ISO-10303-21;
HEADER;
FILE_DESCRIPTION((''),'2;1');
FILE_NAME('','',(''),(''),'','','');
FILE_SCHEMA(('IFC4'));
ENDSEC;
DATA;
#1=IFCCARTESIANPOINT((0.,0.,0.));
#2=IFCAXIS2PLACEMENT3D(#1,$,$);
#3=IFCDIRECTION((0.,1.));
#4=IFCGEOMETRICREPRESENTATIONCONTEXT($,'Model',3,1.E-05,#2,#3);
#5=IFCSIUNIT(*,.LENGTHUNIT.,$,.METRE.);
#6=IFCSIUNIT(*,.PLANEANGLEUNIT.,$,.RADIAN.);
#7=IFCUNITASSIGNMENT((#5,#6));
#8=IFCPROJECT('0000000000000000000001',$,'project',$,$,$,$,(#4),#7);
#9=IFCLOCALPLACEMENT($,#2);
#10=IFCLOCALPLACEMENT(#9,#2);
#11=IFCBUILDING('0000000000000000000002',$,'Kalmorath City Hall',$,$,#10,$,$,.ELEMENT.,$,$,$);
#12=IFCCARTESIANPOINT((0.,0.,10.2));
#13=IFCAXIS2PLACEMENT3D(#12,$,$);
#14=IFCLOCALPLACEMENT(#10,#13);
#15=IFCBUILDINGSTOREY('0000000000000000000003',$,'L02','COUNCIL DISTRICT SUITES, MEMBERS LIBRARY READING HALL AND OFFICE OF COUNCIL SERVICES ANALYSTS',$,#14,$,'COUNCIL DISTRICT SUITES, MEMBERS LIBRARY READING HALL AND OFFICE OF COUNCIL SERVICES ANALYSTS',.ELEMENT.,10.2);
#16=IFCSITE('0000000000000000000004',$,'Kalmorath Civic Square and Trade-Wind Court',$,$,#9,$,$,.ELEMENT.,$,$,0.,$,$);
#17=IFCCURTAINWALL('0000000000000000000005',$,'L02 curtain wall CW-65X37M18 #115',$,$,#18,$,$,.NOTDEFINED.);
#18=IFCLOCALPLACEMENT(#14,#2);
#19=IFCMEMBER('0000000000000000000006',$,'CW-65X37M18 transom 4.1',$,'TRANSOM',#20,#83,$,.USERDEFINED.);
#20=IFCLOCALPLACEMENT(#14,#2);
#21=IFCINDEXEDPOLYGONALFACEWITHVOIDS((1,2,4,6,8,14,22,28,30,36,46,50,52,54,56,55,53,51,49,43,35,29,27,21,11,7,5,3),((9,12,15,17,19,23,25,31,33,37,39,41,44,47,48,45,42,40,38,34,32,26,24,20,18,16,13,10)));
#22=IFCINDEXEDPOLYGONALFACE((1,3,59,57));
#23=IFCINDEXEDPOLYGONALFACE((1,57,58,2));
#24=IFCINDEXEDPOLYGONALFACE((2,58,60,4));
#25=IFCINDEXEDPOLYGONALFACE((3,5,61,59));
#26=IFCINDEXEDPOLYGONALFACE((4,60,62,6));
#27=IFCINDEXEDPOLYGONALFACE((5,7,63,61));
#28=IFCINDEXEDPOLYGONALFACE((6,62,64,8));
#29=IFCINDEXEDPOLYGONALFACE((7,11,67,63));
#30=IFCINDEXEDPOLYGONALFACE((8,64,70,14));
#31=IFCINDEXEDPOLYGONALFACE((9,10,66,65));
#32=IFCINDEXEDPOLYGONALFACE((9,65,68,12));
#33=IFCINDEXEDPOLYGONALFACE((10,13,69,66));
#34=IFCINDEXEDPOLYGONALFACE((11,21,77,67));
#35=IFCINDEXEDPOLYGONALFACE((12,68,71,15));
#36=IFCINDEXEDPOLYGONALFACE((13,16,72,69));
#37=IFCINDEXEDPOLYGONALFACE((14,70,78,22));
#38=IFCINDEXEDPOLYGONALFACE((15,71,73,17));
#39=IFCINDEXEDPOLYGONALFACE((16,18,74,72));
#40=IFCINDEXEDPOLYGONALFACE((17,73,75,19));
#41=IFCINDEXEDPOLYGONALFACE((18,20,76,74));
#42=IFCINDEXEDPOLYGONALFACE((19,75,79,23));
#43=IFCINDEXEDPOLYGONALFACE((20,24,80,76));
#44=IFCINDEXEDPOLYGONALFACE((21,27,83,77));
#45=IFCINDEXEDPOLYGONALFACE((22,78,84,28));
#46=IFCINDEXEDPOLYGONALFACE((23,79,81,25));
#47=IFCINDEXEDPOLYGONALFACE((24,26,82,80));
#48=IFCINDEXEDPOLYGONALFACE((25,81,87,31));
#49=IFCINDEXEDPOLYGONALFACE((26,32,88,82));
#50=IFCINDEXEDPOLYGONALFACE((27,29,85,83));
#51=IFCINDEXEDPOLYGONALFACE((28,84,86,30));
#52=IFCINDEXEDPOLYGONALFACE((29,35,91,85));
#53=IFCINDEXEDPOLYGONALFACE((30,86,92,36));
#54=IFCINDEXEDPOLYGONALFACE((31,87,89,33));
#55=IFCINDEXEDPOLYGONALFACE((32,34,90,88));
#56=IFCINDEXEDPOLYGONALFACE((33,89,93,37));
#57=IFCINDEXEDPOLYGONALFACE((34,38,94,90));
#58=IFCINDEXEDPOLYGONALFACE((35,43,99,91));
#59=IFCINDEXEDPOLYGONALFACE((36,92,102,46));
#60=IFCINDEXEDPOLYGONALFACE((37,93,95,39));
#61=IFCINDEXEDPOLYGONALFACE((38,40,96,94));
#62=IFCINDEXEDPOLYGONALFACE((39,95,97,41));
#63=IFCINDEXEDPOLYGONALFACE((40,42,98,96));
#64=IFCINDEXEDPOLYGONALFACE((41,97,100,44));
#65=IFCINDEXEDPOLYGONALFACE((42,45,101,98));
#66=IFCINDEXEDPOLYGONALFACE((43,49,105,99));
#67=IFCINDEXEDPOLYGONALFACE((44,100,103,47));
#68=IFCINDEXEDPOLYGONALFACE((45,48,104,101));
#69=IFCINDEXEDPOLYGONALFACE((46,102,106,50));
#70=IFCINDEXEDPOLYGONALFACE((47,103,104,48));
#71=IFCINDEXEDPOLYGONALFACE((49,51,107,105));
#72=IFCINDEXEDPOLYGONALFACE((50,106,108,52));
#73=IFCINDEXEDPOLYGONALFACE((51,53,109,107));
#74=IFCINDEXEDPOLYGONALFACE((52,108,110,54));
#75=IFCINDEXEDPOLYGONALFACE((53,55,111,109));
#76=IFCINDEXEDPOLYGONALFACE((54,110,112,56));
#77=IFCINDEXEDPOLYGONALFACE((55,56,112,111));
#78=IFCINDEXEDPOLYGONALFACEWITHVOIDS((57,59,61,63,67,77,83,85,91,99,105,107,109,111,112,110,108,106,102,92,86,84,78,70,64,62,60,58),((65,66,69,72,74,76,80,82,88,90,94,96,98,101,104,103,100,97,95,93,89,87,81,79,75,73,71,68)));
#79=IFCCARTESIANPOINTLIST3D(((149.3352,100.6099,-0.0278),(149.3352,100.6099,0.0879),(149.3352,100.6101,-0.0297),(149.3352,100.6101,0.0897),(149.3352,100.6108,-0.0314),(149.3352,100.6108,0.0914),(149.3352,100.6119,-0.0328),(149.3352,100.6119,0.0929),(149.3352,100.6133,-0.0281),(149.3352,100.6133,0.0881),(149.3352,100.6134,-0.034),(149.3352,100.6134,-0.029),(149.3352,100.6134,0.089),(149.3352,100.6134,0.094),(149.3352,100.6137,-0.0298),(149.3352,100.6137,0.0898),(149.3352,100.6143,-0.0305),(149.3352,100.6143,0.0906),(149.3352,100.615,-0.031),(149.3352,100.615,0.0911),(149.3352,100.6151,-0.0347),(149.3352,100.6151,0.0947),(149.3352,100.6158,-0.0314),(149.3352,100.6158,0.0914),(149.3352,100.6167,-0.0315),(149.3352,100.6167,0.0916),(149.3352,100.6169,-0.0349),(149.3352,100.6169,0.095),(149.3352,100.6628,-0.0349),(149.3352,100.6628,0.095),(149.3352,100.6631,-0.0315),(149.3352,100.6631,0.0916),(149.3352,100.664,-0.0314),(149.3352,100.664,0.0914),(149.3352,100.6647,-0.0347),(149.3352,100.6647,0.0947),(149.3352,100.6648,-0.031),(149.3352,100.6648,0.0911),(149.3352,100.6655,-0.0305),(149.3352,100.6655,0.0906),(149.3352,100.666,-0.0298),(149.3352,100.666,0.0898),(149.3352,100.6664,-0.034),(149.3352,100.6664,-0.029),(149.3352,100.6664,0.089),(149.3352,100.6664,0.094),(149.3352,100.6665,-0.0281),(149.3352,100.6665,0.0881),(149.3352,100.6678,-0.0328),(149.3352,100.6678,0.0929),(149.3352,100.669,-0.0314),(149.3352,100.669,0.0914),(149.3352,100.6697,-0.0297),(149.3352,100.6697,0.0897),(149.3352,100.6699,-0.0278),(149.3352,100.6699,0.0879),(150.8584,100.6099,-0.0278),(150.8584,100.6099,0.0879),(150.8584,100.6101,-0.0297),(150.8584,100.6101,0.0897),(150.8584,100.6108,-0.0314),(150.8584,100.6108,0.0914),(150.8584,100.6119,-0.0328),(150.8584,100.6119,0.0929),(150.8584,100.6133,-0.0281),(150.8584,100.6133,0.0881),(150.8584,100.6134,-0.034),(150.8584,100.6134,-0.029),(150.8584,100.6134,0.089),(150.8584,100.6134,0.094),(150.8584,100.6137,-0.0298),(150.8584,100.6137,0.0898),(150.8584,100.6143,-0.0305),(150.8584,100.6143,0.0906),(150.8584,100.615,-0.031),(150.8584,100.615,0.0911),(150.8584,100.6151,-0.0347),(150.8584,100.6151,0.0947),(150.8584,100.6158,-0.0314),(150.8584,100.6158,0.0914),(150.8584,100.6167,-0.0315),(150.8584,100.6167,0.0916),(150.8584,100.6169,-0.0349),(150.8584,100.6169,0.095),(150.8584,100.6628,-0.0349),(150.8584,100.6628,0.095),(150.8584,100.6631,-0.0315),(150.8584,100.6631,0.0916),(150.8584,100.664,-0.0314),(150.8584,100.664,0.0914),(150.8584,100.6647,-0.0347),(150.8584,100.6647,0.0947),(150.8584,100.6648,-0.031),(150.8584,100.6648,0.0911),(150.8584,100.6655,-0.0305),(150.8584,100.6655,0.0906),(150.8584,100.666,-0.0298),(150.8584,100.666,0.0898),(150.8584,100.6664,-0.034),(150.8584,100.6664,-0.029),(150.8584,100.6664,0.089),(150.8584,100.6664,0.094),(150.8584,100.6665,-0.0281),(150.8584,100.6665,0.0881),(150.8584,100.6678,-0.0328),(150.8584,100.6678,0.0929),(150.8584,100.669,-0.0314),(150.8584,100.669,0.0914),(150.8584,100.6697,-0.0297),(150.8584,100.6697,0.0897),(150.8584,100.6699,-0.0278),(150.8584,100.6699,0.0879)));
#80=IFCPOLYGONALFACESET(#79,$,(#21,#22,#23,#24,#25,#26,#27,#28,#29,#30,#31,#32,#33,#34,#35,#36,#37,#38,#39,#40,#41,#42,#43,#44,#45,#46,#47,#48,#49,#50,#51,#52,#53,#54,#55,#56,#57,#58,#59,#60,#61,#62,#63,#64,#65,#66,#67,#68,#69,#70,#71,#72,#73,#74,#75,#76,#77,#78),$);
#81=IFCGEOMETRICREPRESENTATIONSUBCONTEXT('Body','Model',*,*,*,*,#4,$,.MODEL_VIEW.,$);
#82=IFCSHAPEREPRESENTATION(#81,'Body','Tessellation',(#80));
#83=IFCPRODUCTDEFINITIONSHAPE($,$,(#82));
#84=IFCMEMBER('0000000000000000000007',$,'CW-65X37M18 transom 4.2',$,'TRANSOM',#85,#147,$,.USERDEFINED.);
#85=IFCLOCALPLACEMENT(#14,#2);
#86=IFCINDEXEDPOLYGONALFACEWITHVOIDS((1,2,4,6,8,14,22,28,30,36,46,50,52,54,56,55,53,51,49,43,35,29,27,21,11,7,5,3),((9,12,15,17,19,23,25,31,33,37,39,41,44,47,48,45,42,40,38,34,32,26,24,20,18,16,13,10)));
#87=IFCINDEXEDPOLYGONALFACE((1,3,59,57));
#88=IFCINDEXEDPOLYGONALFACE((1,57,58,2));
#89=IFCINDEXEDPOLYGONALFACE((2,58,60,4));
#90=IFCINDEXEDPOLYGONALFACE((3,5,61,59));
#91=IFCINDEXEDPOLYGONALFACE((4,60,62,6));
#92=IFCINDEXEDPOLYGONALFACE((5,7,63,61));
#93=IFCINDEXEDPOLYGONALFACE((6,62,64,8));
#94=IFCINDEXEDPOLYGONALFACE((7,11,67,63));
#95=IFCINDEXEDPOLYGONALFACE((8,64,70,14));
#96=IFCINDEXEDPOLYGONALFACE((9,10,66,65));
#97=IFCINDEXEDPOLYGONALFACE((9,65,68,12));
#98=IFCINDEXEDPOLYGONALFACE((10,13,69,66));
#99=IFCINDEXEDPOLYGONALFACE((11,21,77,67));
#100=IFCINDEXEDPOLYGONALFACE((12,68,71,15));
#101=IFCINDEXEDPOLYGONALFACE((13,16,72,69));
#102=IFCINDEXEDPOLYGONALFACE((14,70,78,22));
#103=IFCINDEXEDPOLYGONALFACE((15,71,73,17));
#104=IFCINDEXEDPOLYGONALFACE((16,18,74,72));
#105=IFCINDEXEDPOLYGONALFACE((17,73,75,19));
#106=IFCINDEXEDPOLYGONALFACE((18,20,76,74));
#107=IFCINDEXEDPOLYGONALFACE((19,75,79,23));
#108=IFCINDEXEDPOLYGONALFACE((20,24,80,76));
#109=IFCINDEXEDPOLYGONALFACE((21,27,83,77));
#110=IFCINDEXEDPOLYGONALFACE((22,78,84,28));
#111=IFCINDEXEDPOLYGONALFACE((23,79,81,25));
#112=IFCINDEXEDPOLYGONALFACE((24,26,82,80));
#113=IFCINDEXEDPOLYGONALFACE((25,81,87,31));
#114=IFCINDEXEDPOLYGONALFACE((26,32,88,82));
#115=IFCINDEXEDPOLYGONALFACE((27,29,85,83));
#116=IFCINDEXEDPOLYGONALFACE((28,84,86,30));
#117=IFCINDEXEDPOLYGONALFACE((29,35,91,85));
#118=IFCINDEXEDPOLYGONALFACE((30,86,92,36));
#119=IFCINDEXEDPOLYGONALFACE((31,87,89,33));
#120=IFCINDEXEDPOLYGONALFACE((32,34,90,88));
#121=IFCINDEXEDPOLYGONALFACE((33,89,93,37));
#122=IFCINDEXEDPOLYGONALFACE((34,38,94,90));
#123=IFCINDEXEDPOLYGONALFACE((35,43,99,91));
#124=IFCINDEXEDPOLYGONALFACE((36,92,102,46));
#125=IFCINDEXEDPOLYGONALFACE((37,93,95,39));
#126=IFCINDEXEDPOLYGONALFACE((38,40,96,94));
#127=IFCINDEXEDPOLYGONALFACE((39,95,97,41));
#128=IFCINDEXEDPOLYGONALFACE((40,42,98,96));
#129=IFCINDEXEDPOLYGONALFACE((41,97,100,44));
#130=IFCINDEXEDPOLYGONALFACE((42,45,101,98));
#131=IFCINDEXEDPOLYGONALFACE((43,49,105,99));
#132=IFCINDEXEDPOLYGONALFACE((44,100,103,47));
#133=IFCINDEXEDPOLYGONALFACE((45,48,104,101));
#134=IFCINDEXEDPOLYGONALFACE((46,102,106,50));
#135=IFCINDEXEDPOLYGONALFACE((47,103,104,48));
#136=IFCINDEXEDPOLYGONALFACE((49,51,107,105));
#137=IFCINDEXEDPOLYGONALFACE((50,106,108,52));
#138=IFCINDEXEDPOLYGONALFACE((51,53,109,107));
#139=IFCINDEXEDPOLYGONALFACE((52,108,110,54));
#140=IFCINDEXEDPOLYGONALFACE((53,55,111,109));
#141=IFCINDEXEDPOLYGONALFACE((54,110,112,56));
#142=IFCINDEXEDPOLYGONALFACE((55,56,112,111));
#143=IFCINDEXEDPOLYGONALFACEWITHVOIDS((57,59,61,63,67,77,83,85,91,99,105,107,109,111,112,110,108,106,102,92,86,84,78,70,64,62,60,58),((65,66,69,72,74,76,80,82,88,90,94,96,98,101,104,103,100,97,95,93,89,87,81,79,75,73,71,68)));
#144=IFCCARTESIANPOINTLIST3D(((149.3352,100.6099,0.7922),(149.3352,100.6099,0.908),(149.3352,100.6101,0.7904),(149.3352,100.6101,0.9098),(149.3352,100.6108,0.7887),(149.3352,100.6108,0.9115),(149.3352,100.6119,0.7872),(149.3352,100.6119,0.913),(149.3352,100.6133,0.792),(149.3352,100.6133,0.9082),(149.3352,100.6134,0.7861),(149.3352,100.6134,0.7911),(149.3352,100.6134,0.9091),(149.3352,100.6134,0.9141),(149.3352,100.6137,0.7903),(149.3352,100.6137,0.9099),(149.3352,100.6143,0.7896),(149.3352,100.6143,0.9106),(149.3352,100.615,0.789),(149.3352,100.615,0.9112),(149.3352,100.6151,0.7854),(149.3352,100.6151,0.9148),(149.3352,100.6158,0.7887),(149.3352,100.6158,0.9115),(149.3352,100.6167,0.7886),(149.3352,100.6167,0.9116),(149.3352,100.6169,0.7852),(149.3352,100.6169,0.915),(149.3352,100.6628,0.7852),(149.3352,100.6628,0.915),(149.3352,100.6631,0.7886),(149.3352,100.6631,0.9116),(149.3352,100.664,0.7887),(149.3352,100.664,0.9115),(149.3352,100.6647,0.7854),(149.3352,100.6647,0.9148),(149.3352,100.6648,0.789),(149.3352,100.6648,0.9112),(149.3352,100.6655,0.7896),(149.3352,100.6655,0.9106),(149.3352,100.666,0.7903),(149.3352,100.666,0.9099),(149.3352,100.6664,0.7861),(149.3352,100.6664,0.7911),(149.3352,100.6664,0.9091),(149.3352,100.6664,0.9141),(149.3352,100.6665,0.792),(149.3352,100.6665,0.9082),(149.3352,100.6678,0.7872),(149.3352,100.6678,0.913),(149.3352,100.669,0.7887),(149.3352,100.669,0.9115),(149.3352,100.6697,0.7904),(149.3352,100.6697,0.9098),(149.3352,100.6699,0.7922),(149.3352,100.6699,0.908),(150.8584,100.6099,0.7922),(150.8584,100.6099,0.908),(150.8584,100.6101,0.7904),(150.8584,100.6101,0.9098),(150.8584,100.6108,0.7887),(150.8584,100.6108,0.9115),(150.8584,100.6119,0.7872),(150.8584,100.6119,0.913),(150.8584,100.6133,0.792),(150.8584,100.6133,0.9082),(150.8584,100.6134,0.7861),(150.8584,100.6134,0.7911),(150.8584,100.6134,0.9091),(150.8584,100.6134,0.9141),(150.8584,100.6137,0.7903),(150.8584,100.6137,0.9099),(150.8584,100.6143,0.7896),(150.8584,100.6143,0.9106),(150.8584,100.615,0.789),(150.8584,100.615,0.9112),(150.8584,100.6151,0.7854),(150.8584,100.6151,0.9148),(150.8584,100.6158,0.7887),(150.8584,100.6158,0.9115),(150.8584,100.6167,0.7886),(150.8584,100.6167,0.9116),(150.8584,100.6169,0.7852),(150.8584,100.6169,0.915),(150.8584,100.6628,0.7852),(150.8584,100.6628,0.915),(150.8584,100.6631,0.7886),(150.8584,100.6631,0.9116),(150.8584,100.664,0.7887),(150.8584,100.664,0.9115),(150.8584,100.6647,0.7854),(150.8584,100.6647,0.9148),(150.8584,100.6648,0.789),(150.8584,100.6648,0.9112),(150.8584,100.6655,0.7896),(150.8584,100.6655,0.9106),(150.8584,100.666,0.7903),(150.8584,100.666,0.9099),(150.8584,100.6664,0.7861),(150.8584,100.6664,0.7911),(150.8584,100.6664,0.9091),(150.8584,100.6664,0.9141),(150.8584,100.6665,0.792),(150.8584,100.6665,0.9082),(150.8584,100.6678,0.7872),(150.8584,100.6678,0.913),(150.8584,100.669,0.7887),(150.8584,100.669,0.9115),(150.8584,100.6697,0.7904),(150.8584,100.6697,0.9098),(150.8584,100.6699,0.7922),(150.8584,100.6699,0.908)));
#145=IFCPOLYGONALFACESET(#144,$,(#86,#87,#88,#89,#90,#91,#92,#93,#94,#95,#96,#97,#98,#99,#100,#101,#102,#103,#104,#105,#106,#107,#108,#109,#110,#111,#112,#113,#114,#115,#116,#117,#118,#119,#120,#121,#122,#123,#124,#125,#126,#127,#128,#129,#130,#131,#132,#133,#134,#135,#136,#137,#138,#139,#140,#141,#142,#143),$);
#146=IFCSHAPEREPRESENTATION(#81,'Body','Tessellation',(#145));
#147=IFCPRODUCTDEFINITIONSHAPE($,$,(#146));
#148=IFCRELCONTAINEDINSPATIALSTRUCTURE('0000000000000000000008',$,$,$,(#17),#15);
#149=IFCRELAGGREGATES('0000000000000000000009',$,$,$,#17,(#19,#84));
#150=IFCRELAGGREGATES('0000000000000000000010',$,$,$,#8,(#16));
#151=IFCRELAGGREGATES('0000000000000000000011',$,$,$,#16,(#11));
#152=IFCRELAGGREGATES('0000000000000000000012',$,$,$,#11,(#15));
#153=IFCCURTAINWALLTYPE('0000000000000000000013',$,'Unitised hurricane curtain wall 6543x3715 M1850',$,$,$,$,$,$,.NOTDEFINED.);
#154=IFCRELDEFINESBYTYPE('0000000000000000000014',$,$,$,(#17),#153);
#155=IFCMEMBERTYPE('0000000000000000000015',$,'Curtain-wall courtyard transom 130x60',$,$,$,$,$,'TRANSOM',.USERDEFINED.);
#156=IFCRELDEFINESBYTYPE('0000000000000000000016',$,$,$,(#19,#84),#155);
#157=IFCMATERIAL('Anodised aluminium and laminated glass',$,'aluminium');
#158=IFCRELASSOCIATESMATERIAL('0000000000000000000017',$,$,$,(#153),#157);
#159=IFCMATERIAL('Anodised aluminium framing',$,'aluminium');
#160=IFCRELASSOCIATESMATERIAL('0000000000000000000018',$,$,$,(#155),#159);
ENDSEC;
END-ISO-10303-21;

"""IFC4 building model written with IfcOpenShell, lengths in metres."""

from ifc_helpers import new_model, si_unit, direction, frame, origin, origin_2d, place, context, subcontext, project, spatial, hollow_rectangle, extrude, material, material_profile, profile_set, type_object, element, aggregate, save


model = new_model("IFC4")

# Units and contexts
model_context = context("Model", 3, precision=1e-05, world=origin(), true_north=direction((0.0, 1.0)))
body_context = subcontext(model_context, "Body", "Model", "MODEL_VIEW")
ifc_project = project(units=[si_unit("LENGTHUNIT", "METRE"), si_unit("PLANEANGLEUNIT", "RADIAN")], contexts=[model_context])

# Site, building, storey
site_placement = place(None, origin())
site = spatial("IfcSite", under=ifc_project, at=site_placement, Name="Kalmorath Civic Square and Trade-Wind Court", CompositionType="ELEMENT", RefElevation=0.0)
building_placement = place(site_placement, origin())
building = spatial("IfcBuilding", under=site, at=building_placement, Name="Kalmorath City Hall", CompositionType="ELEMENT")
storey_placement = place(building_placement, frame((0.0, 0.0, 10.2)))
storey = spatial("IfcBuildingStorey", under=building, at=storey_placement, Name="L02", Description="COUNCIL DISTRICT SUITES, MEMBERS LIBRARY READING HALL AND OFFICE OF COUNCIL SERVICES ANALYSTS", LongName="COUNCIL DISTRICT SUITES, MEMBERS LIBRARY READING HALL AND OFFICE OF COUNCIL SERVICES ANALYSTS", CompositionType="ELEMENT", Elevation=10.2)

# Curtain wall, members
ifc_material_1 = material(Name="Anodised aluminium and laminated glass", Category="aluminium")
curtain_wall_type = type_object("IfcCurtainWallType", Name="Unitised hurricane curtain wall 6543x3715 M1850", PredefinedType="NOTDEFINED", material=ifc_material_1)
curtain_wall_placement = place(storey_placement, origin())
curtain_wall = element("IfcCurtainWall", 1, at=curtain_wall_placement, inside=storey, type_object=curtain_wall_type, Name="L02 curtain wall CW-65X37M18 #115", PredefinedType="NOTDEFINED")
ifc_material_2 = material(Name="Anodised aluminium framing", Category="aluminium")
ifc_material_profile_1 = material_profile(ifc_material_2, hollow_rectangle(XDim=0.0601, YDim=0.1299, WallThickness=0.0034, InnerFilletRadius=0.0034, OuterFilletRadius=0.0071, at=origin_2d()), Name="ALU-TRN-130X60X3.5")
ifc_profile_set_1 = profile_set([ifc_material_profile_1], Name="Anodised aluminium framing")
member_type_1 = type_object("IfcMemberType", Name="Curtain-wall courtyard transom 130x60", ElementType="TRANSOM", PredefinedType="USERDEFINED", material=ifc_profile_set_1)
member_1_placement = place(storey_placement, frame((149.3352, 100.6399, 0.03), z_axis=(1.0, 0.0, 0.0), x_axis=(0.0, 1.0, 0.0)))
member_1 = element("IfcMember", 2, at=member_1_placement, type_object=member_type_1, Name="CW-65X37M18 transom 4.1", ObjectType="TRANSOM", PredefinedType="USERDEFINED", context=body_context, shape_type="SweptSolid", body=[
    extrude(hollow_rectangle(XDim=0.0601, YDim=0.1299, WallThickness=0.0034, InnerFilletRadius=0.0034, OuterFilletRadius=0.0071, at=origin_2d()), origin(), (0.0, 0.0, 1.0), 1.5232),
])
member_2_placement = place(storey_placement, frame((149.3352, 100.6399, 0.8501), z_axis=(1.0, 0.0, 0.0), x_axis=(0.0, 1.0, 0.0)))
member_2 = element("IfcMember", 3, at=member_2_placement, type_object=member_type_1, Name="CW-65X37M18 transom 4.2", ObjectType="TRANSOM", PredefinedType="USERDEFINED", context=body_context, shape_type="SweptSolid", body=[
    extrude(hollow_rectangle(XDim=0.0601, YDim=0.1299, WallThickness=0.0034, InnerFilletRadius=0.0034, OuterFilletRadius=0.0071, at=origin_2d()), origin(), (0.0, 0.0, 1.0), 1.5232),
])
aggregate(curtain_wall, [member_1, member_2])

save(model, "model.ifc")
